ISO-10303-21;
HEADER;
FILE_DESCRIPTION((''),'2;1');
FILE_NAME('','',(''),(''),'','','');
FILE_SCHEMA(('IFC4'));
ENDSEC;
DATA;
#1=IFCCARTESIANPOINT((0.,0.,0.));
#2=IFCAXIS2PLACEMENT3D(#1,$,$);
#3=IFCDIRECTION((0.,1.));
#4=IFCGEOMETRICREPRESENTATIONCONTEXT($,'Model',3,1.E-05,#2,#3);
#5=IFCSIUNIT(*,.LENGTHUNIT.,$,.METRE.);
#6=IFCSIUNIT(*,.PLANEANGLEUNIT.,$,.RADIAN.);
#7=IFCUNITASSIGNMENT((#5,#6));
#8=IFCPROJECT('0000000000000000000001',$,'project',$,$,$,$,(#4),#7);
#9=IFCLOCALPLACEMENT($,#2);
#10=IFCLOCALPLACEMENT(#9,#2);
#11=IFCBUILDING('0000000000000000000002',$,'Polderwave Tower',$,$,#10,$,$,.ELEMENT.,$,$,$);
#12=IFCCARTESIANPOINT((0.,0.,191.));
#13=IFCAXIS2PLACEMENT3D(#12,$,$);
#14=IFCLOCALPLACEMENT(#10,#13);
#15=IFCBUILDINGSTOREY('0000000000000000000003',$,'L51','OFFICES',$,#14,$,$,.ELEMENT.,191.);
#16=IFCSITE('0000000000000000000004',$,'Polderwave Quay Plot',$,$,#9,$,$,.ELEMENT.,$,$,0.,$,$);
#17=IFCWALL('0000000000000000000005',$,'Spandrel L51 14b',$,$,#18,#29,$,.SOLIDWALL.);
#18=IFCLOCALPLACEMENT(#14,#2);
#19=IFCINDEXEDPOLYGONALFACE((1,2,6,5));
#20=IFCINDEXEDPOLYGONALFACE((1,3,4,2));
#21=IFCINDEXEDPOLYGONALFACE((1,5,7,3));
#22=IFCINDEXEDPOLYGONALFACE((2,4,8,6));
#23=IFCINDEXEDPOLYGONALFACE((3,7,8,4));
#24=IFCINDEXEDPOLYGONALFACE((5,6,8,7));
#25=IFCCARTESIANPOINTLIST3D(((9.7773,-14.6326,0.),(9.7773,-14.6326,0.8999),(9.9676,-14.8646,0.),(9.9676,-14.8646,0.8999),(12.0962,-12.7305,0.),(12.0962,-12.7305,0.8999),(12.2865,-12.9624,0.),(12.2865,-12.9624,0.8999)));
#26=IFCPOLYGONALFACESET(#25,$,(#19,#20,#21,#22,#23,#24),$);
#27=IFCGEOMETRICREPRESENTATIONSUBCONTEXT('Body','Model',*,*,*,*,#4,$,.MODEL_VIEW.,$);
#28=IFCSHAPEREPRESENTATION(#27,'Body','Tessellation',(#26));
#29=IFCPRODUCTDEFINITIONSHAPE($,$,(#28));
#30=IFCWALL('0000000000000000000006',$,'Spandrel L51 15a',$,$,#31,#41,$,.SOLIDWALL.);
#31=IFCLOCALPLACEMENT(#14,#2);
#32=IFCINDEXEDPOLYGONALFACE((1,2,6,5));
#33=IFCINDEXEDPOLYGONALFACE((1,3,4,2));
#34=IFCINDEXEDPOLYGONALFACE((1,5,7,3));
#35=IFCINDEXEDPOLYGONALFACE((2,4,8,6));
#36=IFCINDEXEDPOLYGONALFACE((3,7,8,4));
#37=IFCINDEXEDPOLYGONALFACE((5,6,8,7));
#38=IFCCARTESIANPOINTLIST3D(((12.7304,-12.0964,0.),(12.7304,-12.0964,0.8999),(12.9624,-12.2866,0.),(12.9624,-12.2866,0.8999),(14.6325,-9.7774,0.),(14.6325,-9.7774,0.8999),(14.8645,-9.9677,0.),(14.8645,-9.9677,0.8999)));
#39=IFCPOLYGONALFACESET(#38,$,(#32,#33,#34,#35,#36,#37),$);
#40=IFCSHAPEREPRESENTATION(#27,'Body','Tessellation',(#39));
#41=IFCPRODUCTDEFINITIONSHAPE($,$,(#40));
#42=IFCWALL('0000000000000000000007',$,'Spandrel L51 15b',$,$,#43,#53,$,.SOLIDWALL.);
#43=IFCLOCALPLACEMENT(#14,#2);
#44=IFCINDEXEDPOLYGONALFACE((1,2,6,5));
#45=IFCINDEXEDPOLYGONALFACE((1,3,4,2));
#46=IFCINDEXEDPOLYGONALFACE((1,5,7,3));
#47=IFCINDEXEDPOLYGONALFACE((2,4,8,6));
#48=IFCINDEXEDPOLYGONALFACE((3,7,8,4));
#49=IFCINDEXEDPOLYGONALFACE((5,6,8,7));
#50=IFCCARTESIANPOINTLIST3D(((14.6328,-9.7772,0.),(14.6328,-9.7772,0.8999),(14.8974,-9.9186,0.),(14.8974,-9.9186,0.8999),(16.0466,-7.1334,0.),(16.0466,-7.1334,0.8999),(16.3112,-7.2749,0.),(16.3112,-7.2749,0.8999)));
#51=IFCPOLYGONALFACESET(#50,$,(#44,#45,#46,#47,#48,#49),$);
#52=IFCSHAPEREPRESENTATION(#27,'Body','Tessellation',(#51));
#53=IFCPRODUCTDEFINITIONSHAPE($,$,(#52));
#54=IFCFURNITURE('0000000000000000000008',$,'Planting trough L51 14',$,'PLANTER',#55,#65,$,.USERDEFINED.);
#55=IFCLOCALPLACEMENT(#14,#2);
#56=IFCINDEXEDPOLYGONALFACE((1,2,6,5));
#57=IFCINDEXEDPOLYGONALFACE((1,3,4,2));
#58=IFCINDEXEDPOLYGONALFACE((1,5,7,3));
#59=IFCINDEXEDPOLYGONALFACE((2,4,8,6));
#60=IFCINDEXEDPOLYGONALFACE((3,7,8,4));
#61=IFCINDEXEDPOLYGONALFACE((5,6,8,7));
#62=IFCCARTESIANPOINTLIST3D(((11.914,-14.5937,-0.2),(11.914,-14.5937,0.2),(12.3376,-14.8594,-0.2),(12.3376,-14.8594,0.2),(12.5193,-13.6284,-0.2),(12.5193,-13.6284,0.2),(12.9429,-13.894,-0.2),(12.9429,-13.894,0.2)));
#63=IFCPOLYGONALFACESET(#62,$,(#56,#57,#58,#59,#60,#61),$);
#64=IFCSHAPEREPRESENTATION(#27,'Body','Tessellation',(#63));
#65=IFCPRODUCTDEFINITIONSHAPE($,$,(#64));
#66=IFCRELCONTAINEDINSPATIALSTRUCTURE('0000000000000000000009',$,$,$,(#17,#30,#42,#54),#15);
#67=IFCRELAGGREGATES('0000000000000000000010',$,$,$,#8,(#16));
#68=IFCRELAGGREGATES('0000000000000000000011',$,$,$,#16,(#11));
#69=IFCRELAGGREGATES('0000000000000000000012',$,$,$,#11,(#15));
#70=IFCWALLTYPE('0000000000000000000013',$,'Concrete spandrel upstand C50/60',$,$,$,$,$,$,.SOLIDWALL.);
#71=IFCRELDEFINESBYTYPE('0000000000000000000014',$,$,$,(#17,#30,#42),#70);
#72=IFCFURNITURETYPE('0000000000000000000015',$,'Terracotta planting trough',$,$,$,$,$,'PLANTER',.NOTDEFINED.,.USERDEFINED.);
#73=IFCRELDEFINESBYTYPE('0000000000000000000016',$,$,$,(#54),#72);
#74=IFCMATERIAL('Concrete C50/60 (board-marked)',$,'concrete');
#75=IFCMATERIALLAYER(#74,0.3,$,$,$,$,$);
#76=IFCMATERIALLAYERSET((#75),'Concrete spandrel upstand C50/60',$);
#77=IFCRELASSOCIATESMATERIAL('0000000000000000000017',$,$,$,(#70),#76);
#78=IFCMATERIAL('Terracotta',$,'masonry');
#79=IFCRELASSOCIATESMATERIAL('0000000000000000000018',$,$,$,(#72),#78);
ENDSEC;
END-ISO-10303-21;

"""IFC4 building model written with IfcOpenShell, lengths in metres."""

from ifc_helpers import new_model, si_unit, direction, frame, frame_2d, origin, origin_2d, place, context, subcontext, project, spatial, rectangle, extrude, material, layer, layer_set, type_object, element, save


model = new_model("IFC4")

# Units and contexts
model_context = context("Model", 3, precision=1e-05, world=origin(), true_north=direction((0.0, 1.0)))
body_context = subcontext(model_context, "Body", "Model", "MODEL_VIEW")
ifc_project = project(units=[si_unit("LENGTHUNIT", "METRE"), si_unit("PLANEANGLEUNIT", "RADIAN")], contexts=[model_context])

# Site, building, storey
site_placement = place(None, origin())
site = spatial("IfcSite", under=ifc_project, at=site_placement, Name="Polderwave Quay Plot", CompositionType="ELEMENT", RefElevation=0.0)
building_placement = place(site_placement, origin())
building = spatial("IfcBuilding", under=site, at=building_placement, Name="Polderwave Tower", CompositionType="ELEMENT")
storey_placement = place(building_placement, frame((0.0, 0.0, 191.0)))
storey = spatial("IfcBuildingStorey", under=building, at=storey_placement, Name="L51", Description="OFFICES", CompositionType="ELEMENT", Elevation=191.0)

# Walls
ifc_material_1 = material(Name="Concrete C50/60 (board-marked)", Category="concrete")
ifc_layer_1 = layer(ifc_material_1, 0.3)
ifc_layer_set_1 = layer_set([ifc_layer_1], Name="Concrete spandrel upstand C50/60")
wall_type = type_object("IfcWallType", Name="Concrete spandrel upstand C50/60", PredefinedType="SOLIDWALL", material=ifc_layer_set_1)
for number, where, z_axis, x_axis, name in (
    (1, (9.8726, -14.7485, 0.0), (0.0, 0.0, 1.0), (0.773162, 0.634208, 0.0), "Spandrel L51 14b"),
    (2, (12.8464, -12.1914, 0.0), (0.0, 0.0, 1.0), (0.634208, 0.773162, 0.0), "Spandrel L51 15a"),
):
    element("IfcWall", number, at=place(storey_placement, frame(where, z_axis=z_axis, x_axis=x_axis)), inside=storey, type_object=wall_type, Name=name, PredefinedType="SOLIDWALL", context=body_context, shape_type="SweptSolid", body=[
        extrude(rectangle(XDim=2.9993, YDim=0.3, at=frame_2d((1.4995, 0.0))), origin(), (0.0, 0.0, 1.0), 0.8999),
    ])
wall_1_placement = place(storey_placement, frame((14.7651, -9.8479, 0.0), z_axis=(0.0, 0.0, 1.0), x_axis=(0.471573, 0.881827, 0.0)))
element("IfcWall", 3, at=wall_1_placement, inside=storey, type_object=wall_type, Name="Spandrel L51 15b", PredefinedType="SOLIDWALL", context=body_context, shape_type="SweptSolid", body=[
    extrude(rectangle(XDim=2.998, YDim=0.3, at=frame_2d((1.499, 0.0))), origin(), (0.0, 0.0, 1.0), 0.8999),
])

# Furniture
ifc_material_2 = material(Name="Terracotta", Category="masonry")
furniture_type = type_object("IfcFurnitureType", Name="Terracotta planting trough", ElementType="PLANTER", AssemblyPlace="NOTDEFINED", PredefinedType="USERDEFINED", material=ifc_material_2)
furniture_placement = place(storey_placement, frame((12.4285, -14.2439, -0.2), z_axis=(0.0, 0.0, 1.0), x_axis=(0.531243, 0.847219, 0.0)))
element("IfcFurniture", 4, at=furniture_placement, inside=storey, type_object=furniture_type, Name="Planting trough L51 14", ObjectType="PLANTER", PredefinedType="USERDEFINED", context=body_context, shape_type="SweptSolid", body=[
    extrude(rectangle(XDim=1.1394, YDim=0.5, at=origin_2d()), origin(), (0.0, 0.0, 1.0), 0.3999),
])

save(model, "model.ifc")
